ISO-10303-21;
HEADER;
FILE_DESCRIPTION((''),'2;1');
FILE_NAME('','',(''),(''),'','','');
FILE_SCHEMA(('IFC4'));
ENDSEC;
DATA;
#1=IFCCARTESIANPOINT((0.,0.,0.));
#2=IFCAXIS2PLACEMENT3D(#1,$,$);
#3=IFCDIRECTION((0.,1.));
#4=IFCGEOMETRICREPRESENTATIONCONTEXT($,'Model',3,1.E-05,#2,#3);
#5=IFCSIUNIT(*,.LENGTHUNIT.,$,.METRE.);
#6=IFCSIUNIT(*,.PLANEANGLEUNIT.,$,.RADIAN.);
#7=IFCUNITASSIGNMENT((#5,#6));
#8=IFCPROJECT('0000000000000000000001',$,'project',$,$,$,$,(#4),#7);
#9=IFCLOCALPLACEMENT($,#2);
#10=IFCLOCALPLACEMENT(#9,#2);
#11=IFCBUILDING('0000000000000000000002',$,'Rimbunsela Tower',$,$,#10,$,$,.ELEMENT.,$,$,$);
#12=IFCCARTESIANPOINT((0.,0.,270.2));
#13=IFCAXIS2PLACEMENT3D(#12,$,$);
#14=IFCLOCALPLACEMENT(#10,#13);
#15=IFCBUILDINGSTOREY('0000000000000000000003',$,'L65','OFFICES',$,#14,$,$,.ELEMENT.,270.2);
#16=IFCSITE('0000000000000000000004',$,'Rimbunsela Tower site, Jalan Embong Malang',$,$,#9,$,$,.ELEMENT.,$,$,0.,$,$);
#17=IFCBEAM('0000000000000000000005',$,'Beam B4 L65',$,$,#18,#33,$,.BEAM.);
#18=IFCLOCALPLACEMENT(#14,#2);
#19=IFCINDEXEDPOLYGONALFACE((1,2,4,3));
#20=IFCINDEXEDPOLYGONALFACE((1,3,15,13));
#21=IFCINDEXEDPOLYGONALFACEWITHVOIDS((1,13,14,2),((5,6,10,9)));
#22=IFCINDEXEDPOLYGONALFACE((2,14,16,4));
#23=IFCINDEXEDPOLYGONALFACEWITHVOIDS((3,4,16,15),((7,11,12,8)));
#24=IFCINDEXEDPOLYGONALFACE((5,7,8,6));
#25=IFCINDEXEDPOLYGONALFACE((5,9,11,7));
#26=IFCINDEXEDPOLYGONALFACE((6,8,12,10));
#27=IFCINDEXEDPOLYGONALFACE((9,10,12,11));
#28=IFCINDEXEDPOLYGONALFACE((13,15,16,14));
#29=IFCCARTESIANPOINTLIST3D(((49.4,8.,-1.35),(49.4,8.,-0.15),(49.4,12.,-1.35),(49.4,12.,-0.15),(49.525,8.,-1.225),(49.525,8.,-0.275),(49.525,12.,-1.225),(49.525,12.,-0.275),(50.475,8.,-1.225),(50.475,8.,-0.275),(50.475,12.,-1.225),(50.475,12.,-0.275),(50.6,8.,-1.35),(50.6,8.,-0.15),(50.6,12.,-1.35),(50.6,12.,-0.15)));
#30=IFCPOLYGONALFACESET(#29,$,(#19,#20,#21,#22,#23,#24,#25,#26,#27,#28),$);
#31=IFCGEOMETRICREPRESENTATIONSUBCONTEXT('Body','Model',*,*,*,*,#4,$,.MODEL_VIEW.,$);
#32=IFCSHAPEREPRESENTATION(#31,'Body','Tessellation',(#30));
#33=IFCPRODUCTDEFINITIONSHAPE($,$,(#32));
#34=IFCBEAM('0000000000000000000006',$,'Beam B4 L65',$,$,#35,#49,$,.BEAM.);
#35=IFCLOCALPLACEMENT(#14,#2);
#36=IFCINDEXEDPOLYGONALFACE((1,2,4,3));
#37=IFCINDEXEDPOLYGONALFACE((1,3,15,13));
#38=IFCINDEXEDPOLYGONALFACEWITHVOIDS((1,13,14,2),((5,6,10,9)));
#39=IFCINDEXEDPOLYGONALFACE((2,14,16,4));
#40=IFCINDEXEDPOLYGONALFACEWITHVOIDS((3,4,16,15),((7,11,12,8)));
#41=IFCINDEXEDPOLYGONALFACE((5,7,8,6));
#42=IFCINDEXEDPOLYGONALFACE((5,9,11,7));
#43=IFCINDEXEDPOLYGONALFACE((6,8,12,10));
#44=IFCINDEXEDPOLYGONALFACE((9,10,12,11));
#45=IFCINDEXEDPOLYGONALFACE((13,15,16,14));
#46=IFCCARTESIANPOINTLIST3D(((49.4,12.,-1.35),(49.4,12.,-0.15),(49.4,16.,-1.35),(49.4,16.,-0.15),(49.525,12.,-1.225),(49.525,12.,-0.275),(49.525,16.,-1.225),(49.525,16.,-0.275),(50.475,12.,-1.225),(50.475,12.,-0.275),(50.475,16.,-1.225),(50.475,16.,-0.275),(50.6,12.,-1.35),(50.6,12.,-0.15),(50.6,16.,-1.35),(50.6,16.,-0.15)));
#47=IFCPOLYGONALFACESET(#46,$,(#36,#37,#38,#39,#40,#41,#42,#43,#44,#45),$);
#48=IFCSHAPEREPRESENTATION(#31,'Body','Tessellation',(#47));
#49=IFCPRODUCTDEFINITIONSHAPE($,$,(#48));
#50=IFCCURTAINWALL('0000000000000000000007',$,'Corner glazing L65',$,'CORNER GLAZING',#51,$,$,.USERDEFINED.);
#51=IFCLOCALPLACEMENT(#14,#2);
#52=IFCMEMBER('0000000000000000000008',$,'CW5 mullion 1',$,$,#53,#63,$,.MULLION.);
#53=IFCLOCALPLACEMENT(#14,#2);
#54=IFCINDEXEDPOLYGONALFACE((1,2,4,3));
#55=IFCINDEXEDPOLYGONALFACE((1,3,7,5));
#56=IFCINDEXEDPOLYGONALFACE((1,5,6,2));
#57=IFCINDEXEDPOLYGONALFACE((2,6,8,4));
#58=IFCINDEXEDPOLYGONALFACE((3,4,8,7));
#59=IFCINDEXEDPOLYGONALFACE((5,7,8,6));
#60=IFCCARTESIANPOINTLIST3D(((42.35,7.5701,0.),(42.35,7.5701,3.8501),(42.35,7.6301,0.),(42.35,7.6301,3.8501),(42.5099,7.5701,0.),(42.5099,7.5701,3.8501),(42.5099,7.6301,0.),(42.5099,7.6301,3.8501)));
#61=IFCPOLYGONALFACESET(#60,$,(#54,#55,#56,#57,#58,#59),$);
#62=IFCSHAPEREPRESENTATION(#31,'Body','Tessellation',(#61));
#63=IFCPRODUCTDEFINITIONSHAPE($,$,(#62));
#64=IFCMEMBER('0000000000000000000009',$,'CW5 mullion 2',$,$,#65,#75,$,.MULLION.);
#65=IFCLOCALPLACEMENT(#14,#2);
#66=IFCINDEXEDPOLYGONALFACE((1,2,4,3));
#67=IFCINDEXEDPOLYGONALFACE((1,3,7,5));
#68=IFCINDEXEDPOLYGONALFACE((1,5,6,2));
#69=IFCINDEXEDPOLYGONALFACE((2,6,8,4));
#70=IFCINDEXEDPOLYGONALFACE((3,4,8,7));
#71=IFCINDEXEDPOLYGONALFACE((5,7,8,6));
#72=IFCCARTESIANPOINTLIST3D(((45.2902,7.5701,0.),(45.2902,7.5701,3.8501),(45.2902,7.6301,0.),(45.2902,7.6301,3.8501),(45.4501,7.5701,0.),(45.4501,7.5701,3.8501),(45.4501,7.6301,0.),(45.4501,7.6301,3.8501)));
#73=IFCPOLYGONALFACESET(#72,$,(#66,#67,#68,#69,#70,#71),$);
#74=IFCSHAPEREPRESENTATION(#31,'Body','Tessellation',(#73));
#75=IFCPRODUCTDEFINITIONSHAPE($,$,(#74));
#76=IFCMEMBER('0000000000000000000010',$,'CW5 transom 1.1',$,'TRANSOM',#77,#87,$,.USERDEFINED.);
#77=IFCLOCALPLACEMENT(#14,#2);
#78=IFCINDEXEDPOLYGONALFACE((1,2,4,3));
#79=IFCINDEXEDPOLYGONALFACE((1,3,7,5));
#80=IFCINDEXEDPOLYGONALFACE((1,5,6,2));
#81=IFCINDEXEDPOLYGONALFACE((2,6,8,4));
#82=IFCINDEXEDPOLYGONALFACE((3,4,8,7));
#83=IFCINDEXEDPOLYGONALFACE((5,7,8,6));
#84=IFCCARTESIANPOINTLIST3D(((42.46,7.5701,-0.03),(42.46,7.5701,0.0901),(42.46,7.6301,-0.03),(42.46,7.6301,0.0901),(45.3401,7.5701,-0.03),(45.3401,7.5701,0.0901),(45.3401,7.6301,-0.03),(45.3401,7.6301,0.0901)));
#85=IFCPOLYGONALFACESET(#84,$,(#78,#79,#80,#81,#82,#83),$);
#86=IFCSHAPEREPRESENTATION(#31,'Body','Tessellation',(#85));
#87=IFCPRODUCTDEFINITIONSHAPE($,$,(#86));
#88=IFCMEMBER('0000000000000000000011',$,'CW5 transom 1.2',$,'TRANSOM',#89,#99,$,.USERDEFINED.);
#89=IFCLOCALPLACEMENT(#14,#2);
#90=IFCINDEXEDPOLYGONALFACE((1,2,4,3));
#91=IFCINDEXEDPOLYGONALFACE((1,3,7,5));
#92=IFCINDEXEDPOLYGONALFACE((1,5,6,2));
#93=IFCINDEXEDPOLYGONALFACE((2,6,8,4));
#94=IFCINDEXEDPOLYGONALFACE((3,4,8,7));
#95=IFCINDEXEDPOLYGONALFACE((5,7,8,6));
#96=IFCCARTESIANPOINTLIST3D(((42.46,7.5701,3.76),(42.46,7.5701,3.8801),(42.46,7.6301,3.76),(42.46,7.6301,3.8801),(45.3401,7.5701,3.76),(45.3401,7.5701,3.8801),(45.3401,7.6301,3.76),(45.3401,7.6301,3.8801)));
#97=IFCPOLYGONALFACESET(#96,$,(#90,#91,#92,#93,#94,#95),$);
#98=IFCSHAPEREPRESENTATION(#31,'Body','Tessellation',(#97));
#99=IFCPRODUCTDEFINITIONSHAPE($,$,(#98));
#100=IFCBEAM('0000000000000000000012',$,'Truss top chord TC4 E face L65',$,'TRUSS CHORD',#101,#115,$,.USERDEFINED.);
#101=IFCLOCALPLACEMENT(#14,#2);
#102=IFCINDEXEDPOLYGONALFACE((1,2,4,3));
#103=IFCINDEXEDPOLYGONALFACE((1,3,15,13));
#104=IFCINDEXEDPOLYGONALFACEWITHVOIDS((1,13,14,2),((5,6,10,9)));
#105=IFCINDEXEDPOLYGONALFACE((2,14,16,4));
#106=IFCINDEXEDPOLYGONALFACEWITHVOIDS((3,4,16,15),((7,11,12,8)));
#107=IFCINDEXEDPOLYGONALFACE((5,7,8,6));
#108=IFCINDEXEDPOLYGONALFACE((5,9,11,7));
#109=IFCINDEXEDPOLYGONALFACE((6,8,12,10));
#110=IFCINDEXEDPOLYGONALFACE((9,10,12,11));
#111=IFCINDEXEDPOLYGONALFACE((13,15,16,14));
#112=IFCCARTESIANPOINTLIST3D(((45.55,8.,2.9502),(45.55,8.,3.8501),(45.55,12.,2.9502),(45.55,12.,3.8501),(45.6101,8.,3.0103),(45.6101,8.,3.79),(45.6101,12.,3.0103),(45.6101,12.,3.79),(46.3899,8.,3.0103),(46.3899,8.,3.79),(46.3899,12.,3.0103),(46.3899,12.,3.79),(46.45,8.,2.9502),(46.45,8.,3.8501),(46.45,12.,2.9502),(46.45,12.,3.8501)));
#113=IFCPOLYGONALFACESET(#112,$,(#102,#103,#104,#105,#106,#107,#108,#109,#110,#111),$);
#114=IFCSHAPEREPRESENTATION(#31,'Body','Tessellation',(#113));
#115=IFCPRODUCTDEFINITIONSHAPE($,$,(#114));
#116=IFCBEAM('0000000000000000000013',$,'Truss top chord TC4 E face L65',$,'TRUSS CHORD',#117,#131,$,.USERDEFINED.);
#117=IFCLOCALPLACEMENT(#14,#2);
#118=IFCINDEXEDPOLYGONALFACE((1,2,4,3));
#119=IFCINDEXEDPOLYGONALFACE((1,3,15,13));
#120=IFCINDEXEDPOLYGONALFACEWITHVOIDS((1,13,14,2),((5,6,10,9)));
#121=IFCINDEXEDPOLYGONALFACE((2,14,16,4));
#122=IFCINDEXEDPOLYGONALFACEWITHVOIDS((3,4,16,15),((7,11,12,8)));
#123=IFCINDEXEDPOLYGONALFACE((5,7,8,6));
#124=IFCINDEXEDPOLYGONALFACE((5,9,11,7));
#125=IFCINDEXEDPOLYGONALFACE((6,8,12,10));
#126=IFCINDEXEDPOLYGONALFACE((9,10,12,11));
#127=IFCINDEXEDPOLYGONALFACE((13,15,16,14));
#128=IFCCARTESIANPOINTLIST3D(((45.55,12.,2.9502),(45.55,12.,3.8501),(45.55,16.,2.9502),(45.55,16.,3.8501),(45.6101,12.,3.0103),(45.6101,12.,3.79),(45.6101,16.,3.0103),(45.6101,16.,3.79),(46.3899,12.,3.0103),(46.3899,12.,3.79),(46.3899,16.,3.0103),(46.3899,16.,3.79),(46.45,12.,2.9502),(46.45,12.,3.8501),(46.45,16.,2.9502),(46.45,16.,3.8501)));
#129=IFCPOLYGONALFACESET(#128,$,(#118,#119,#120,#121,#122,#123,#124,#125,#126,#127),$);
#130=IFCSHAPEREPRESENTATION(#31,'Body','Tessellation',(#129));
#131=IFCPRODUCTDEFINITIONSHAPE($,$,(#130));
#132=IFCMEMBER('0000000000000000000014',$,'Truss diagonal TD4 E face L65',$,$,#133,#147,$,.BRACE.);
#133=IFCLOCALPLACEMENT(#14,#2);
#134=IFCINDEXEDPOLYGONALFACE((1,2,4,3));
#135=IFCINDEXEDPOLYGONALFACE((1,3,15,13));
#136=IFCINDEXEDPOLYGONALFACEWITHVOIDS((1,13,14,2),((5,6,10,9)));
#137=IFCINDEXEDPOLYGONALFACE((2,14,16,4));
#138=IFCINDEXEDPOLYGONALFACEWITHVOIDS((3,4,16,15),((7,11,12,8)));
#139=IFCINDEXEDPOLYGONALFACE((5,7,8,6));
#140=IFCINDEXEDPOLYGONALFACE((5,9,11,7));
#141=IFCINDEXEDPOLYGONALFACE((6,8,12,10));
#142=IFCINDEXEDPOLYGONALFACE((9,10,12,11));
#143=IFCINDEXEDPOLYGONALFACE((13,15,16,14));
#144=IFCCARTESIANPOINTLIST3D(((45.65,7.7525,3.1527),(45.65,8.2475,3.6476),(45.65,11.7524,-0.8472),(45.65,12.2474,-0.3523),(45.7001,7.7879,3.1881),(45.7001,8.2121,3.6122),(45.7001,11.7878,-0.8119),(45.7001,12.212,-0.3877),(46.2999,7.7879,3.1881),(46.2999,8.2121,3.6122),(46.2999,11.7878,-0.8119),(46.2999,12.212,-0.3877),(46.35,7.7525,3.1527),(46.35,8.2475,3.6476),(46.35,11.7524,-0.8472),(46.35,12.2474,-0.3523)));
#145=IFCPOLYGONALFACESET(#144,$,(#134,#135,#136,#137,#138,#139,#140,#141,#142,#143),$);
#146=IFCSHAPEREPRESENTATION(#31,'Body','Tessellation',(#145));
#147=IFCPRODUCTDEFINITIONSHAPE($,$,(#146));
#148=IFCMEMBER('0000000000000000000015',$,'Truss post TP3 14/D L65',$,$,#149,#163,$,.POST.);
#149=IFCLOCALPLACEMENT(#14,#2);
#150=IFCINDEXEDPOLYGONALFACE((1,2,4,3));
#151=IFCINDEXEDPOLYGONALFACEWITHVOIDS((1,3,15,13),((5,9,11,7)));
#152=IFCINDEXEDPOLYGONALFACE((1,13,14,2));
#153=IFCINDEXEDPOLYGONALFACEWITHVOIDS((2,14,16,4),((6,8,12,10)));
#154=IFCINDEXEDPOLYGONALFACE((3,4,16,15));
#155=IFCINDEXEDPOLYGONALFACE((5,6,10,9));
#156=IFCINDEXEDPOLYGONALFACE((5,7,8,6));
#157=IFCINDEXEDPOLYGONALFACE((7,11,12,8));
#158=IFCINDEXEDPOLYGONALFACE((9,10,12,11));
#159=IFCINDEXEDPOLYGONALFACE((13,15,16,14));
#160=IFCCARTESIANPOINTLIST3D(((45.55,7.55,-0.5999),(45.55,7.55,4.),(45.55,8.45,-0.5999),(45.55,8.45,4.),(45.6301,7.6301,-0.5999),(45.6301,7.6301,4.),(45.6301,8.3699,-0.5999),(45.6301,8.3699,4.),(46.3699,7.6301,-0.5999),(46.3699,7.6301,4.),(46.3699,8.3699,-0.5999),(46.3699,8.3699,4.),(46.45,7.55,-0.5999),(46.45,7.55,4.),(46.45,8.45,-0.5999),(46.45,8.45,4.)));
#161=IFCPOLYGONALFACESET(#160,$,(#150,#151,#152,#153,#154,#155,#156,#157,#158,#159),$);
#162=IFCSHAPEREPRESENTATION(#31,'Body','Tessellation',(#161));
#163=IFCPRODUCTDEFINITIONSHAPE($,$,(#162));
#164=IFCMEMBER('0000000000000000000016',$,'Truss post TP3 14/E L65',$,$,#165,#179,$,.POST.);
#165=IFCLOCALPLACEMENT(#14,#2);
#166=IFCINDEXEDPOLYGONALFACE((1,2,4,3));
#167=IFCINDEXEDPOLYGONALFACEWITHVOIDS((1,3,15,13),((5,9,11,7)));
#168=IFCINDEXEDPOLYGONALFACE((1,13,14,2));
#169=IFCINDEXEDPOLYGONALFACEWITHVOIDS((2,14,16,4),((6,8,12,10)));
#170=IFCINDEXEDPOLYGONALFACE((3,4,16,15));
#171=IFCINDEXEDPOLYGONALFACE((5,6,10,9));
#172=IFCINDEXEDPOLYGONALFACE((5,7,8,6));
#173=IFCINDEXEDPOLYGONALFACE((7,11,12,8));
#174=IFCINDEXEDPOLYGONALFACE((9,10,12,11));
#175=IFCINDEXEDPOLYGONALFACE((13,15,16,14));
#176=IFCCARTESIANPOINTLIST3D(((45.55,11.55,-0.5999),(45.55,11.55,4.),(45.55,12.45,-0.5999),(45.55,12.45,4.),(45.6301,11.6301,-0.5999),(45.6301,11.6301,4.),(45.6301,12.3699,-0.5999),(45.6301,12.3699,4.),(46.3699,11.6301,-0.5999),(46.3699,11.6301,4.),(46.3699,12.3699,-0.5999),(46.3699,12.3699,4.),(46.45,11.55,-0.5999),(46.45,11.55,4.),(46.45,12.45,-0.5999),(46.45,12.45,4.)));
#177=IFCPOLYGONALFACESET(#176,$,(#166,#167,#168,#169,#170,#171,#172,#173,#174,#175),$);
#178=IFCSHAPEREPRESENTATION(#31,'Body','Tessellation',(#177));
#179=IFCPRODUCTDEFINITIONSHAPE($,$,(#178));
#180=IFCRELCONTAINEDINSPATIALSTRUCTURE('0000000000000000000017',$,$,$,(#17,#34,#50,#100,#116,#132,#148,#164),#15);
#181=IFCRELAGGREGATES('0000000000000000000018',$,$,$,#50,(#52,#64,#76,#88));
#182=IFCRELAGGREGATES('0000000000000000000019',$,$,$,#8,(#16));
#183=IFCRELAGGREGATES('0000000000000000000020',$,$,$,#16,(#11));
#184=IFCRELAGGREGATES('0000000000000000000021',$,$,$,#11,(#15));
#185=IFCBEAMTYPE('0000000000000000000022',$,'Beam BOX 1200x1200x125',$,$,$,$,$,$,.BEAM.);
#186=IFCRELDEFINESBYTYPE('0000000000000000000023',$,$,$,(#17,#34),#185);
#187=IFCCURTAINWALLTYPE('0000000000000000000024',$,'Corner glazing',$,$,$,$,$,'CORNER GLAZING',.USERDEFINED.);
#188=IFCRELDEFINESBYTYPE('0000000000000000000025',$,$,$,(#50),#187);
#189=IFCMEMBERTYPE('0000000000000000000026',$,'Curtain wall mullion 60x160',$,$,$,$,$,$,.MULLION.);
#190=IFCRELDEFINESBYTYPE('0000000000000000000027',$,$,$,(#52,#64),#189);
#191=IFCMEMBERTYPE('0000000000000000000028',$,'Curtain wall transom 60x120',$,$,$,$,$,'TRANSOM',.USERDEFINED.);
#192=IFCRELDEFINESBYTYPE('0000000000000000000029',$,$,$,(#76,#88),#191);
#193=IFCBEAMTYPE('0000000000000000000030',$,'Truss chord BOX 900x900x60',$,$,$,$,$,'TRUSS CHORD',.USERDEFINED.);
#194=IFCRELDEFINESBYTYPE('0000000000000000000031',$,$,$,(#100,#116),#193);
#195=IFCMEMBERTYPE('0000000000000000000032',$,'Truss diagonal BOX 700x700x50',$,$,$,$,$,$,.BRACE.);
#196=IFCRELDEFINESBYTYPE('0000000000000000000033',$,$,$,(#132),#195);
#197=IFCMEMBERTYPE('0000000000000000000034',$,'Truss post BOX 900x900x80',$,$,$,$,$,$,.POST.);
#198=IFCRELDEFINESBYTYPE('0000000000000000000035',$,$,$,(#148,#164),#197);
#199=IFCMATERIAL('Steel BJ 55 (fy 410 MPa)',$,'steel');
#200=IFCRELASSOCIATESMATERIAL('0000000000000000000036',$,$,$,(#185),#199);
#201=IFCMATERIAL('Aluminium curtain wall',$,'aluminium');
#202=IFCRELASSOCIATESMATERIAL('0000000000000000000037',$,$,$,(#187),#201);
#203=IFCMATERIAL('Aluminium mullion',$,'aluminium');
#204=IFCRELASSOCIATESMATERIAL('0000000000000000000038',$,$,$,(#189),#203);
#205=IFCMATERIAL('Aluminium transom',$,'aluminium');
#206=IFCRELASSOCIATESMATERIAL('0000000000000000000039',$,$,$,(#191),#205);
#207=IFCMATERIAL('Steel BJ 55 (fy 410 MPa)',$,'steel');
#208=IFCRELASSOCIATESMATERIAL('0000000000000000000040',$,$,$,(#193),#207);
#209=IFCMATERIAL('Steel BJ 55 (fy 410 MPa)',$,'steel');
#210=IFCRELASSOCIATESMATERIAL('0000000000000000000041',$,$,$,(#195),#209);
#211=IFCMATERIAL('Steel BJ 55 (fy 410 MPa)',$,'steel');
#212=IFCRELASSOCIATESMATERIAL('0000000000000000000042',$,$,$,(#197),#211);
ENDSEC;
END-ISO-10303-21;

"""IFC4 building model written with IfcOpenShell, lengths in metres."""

from ifc_helpers import new_model, si_unit, direction, frame, origin, origin_2d, place, context, subcontext, project, spatial, rectangle, hollow_rectangle, extrude, material, material_profile, profile_set, type_object, element, aggregate, save


model = new_model("IFC4")

# Units and contexts
model_context = context("Model", 3, precision=1e-05, world=origin(), true_north=direction((0.0, 1.0)))
body_context = subcontext(model_context, "Body", "Model", "MODEL_VIEW")
ifc_project = project(units=[si_unit("LENGTHUNIT", "METRE"), si_unit("PLANEANGLEUNIT", "RADIAN")], contexts=[model_context])

# Site, building, storey
site_placement = place(None, origin())
site = spatial("IfcSite", under=ifc_project, at=site_placement, Name="Rimbunsela Tower site, Jalan Embong Malang", CompositionType="ELEMENT", RefElevation=0.0)
building_placement = place(site_placement, origin())
building = spatial("IfcBuilding", under=site, at=building_placement, Name="Rimbunsela Tower", CompositionType="ELEMENT")
storey_placement = place(building_placement, frame((0.0, 0.0, 270.2)))
storey = spatial("IfcBuildingStorey", under=building, at=storey_placement, Name="L65", Description="OFFICES", CompositionType="ELEMENT", Elevation=270.2)

# Beams
ifc_material_1 = material(Name="Steel BJ 55 (fy 410 MPa)", Category="steel")
ifc_material_profile_1 = material_profile(ifc_material_1, hollow_rectangle(XDim=1.2, YDim=1.2, WallThickness=0.125, at=origin_2d()), Name="BOX 1200x1200x125")
ifc_profile_set_1 = profile_set([ifc_material_profile_1], Name="Steel BJ 55 (fy 410 MPa)")
beam_type_1 = type_object("IfcBeamType", Name="Beam BOX 1200x1200x125", PredefinedType="BEAM", material=ifc_profile_set_1)
for number, where, z_axis, x_axis, name in (
    (1, (50.0, 8.0, -0.75), (0.0, 1.0, 0.0), (-1.0, 0.0, 0.0), "Beam B4 L65"),
    (2, (50.0, 12.0, -0.75), (0.0, 1.0, 0.0), (-1.0, 0.0, 0.0), "Beam B4 L65"),
):
    element("IfcBeam", number, at=place(storey_placement, frame(where, z_axis=z_axis, x_axis=x_axis)), inside=storey, type_object=beam_type_1, Name=name, PredefinedType="BEAM", context=body_context, shape_type="SweptSolid", body=[
        extrude(hollow_rectangle(XDim=1.2, YDim=1.2, WallThickness=0.125, at=origin_2d()), origin(), (0.0, 0.0, 1.0), 4.0),
    ])

# Curtain wall, members
ifc_material_2 = material(Name="Aluminium curtain wall", Category="aluminium")
curtain_wall_type = type_object("IfcCurtainWallType", Name="Corner glazing", ElementType="CORNER GLAZING", PredefinedType="USERDEFINED", material=ifc_material_2)
curtain_wall_placement = place(storey_placement, origin())
curtain_wall = element("IfcCurtainWall", 3, at=curtain_wall_placement, inside=storey, type_object=curtain_wall_type, Name="Corner glazing L65", ObjectType="CORNER GLAZING", PredefinedType="USERDEFINED")
ifc_material_3 = material(Name="Aluminium mullion", Category="aluminium")
ifc_material_profile_2 = material_profile(ifc_material_3, rectangle(XDim=0.0601, YDim=0.1599, at=origin_2d()), Name="Mullion 60x160")
ifc_profile_set_2 = profile_set([ifc_material_profile_2], Name="Aluminium mullion")
member_type_1 = type_object("IfcMemberType", Name="Curtain wall mullion 60x160", PredefinedType="MULLION", material=ifc_profile_set_2)
member_1_placement = place(storey_placement, frame((42.4299, 7.6001, 0.0), z_axis=(0.0, 0.0, 1.0), x_axis=(0.0, 1.0, 0.0)))
member_1 = element("IfcMember", 4, at=member_1_placement, type_object=member_type_1, Name="CW5 mullion 1", PredefinedType="MULLION", context=body_context, shape_type="SweptSolid", body=[
    extrude(rectangle(XDim=0.0601, YDim=0.1599, at=origin_2d()), origin(), (0.0, 0.0, 1.0), 3.8501),
])
member_2_placement = place(storey_placement, frame((45.3701, 7.6001, 0.0), z_axis=(0.0, 0.0, 1.0), x_axis=(0.0, 1.0, 0.0)))
member_2 = element("IfcMember", 5, at=member_2_placement, type_object=member_type_1, Name="CW5 mullion 2", PredefinedType="MULLION", context=body_context, shape_type="SweptSolid", body=[
    extrude(rectangle(XDim=0.0601, YDim=0.1599, at=origin_2d()), origin(), (0.0, 0.0, 1.0), 3.8501),
])
ifc_material_4 = material(Name="Aluminium transom", Category="aluminium")
ifc_material_profile_3 = material_profile(ifc_material_4, rectangle(XDim=0.0601, YDim=0.1201, at=origin_2d()), Name="Transom 60x120")
ifc_profile_set_3 = profile_set([ifc_material_profile_3], Name="Aluminium transom")
member_type_2 = type_object("IfcMemberType", Name="Curtain wall transom 60x120", ElementType="TRANSOM", PredefinedType="USERDEFINED", material=ifc_profile_set_3)
member_3_placement = place(storey_placement, frame((42.46, 7.6001, 0.03), z_axis=(1.0, 0.0, 0.0), x_axis=(0.0, 1.0, 0.0)))
member_3 = element("IfcMember", 6, at=member_3_placement, type_object=member_type_2, Name="CW5 transom 1.1", ObjectType="TRANSOM", PredefinedType="USERDEFINED", context=body_context, shape_type="SweptSolid", body=[
    extrude(rectangle(XDim=0.0601, YDim=0.1201, at=origin_2d()), origin(), (0.0, 0.0, 1.0), 2.8801),
])
member_4_placement = place(storey_placement, frame((42.46, 7.6001, 3.8201), z_axis=(1.0, 0.0, 0.0), x_axis=(0.0, 1.0, 0.0)))
member_4 = element("IfcMember", 7, at=member_4_placement, type_object=member_type_2, Name="CW5 transom 1.2", ObjectType="TRANSOM", PredefinedType="USERDEFINED", context=body_context, shape_type="SweptSolid", body=[
    extrude(rectangle(XDim=0.0601, YDim=0.1201, at=origin_2d()), origin(), (0.0, 0.0, 1.0), 2.8801),
])

# Beams
ifc_material_5 = material(Name="Steel BJ 55 (fy 410 MPa)", Category="steel")
ifc_material_profile_4 = material_profile(ifc_material_5, hollow_rectangle(XDim=0.8999, YDim=0.8999, WallThickness=0.0601, at=origin_2d()), Name="BOX 900x900x60")
ifc_profile_set_4 = profile_set([ifc_material_profile_4], Name="Steel BJ 55 (fy 410 MPa)")
beam_type_2 = type_object("IfcBeamType", Name="Truss chord BOX 900x900x60", ElementType="TRUSS CHORD", PredefinedType="USERDEFINED", material=ifc_profile_set_4)
for number, where, z_axis, x_axis, name in (
    (8, (46.0, 8.0, 3.4001), (0.0, 1.0, 0.0), (-1.0, 0.0, 0.0), "Truss top chord TC4 E face L65"),
    (9, (46.0, 12.0, 3.4001), (0.0, 1.0, 0.0), (-1.0, 0.0, 0.0), "Truss top chord TC4 E face L65"),
):
    element("IfcBeam", number, at=place(storey_placement, frame(where, z_axis=z_axis, x_axis=x_axis)), inside=storey, type_object=beam_type_2, Name=name, ObjectType="TRUSS CHORD", PredefinedType="USERDEFINED", context=body_context, shape_type="SweptSolid", body=[
        extrude(hollow_rectangle(XDim=0.8999, YDim=0.8999, WallThickness=0.0601, at=origin_2d()), origin(), (0.0, 0.0, 1.0), 4.0),
    ])

# Members
ifc_material_6 = material(Name="Steel BJ 55 (fy 410 MPa)", Category="steel")
ifc_material_profile_5 = material_profile(ifc_material_6, hollow_rectangle(XDim=0.7, YDim=0.7, WallThickness=0.05, at=origin_2d()), Name="BOX 700x700x50")
ifc_profile_set_5 = profile_set([ifc_material_profile_5], Name="Steel BJ 55 (fy 410 MPa)")
member_type_3 = type_object("IfcMemberType", Name="Truss diagonal BOX 700x700x50", PredefinedType="BRACE", material=ifc_profile_set_5)
member_5_placement = place(storey_placement, frame((46.0, 8.0, 3.4001), z_axis=(0.0, 0.707107, -0.707107), x_axis=(-1.0, 0.0, 0.0)))
element("IfcMember", 10, at=member_5_placement, inside=storey, type_object=member_type_3, Name="Truss diagonal TD4 E face L65", PredefinedType="BRACE", context=body_context, shape_type="SweptSolid", body=[
    extrude(hollow_rectangle(XDim=0.7, YDim=0.7, WallThickness=0.05, at=origin_2d()), origin(), (0.0, 0.0, 1.0), 5.6567),
])
ifc_material_7 = material(Name="Steel BJ 55 (fy 410 MPa)", Category="steel")
ifc_material_profile_6 = material_profile(ifc_material_7, hollow_rectangle(XDim=0.8999, YDim=0.8999, WallThickness=0.0801, at=origin_2d()), Name="BOX 900x900x80")
ifc_profile_set_6 = profile_set([ifc_material_profile_6], Name="Steel BJ 55 (fy 410 MPa)")
member_type_4 = type_object("IfcMemberType", Name="Truss post BOX 900x900x80", PredefinedType="POST", material=ifc_profile_set_6)
for number, where, z_axis, x_axis, name in (
    (11, (46.0, 8.0, -0.5999), (0.0, 0.0, 1.0), (1.0, 0.0, 0.0), "Truss post TP3 14/D L65"),
    (12, (46.0, 12.0, -0.5999), (0.0, 0.0, 1.0), (1.0, 0.0, 0.0), "Truss post TP3 14/E L65"),
):
    element("IfcMember", number, at=place(storey_placement, frame(where, z_axis=z_axis, x_axis=x_axis)), inside=storey, type_object=member_type_4, Name=name, PredefinedType="POST", context=body_context, shape_type="SweptSolid", body=[
        extrude(hollow_rectangle(XDim=0.8999, YDim=0.8999, WallThickness=0.0801, at=origin_2d()), origin(), (0.0, 0.0, 1.0), 4.5999),
    ])

aggregate(curtain_wall, [member_1, member_2, member_3, member_4])

save(model, "model.ifc")
